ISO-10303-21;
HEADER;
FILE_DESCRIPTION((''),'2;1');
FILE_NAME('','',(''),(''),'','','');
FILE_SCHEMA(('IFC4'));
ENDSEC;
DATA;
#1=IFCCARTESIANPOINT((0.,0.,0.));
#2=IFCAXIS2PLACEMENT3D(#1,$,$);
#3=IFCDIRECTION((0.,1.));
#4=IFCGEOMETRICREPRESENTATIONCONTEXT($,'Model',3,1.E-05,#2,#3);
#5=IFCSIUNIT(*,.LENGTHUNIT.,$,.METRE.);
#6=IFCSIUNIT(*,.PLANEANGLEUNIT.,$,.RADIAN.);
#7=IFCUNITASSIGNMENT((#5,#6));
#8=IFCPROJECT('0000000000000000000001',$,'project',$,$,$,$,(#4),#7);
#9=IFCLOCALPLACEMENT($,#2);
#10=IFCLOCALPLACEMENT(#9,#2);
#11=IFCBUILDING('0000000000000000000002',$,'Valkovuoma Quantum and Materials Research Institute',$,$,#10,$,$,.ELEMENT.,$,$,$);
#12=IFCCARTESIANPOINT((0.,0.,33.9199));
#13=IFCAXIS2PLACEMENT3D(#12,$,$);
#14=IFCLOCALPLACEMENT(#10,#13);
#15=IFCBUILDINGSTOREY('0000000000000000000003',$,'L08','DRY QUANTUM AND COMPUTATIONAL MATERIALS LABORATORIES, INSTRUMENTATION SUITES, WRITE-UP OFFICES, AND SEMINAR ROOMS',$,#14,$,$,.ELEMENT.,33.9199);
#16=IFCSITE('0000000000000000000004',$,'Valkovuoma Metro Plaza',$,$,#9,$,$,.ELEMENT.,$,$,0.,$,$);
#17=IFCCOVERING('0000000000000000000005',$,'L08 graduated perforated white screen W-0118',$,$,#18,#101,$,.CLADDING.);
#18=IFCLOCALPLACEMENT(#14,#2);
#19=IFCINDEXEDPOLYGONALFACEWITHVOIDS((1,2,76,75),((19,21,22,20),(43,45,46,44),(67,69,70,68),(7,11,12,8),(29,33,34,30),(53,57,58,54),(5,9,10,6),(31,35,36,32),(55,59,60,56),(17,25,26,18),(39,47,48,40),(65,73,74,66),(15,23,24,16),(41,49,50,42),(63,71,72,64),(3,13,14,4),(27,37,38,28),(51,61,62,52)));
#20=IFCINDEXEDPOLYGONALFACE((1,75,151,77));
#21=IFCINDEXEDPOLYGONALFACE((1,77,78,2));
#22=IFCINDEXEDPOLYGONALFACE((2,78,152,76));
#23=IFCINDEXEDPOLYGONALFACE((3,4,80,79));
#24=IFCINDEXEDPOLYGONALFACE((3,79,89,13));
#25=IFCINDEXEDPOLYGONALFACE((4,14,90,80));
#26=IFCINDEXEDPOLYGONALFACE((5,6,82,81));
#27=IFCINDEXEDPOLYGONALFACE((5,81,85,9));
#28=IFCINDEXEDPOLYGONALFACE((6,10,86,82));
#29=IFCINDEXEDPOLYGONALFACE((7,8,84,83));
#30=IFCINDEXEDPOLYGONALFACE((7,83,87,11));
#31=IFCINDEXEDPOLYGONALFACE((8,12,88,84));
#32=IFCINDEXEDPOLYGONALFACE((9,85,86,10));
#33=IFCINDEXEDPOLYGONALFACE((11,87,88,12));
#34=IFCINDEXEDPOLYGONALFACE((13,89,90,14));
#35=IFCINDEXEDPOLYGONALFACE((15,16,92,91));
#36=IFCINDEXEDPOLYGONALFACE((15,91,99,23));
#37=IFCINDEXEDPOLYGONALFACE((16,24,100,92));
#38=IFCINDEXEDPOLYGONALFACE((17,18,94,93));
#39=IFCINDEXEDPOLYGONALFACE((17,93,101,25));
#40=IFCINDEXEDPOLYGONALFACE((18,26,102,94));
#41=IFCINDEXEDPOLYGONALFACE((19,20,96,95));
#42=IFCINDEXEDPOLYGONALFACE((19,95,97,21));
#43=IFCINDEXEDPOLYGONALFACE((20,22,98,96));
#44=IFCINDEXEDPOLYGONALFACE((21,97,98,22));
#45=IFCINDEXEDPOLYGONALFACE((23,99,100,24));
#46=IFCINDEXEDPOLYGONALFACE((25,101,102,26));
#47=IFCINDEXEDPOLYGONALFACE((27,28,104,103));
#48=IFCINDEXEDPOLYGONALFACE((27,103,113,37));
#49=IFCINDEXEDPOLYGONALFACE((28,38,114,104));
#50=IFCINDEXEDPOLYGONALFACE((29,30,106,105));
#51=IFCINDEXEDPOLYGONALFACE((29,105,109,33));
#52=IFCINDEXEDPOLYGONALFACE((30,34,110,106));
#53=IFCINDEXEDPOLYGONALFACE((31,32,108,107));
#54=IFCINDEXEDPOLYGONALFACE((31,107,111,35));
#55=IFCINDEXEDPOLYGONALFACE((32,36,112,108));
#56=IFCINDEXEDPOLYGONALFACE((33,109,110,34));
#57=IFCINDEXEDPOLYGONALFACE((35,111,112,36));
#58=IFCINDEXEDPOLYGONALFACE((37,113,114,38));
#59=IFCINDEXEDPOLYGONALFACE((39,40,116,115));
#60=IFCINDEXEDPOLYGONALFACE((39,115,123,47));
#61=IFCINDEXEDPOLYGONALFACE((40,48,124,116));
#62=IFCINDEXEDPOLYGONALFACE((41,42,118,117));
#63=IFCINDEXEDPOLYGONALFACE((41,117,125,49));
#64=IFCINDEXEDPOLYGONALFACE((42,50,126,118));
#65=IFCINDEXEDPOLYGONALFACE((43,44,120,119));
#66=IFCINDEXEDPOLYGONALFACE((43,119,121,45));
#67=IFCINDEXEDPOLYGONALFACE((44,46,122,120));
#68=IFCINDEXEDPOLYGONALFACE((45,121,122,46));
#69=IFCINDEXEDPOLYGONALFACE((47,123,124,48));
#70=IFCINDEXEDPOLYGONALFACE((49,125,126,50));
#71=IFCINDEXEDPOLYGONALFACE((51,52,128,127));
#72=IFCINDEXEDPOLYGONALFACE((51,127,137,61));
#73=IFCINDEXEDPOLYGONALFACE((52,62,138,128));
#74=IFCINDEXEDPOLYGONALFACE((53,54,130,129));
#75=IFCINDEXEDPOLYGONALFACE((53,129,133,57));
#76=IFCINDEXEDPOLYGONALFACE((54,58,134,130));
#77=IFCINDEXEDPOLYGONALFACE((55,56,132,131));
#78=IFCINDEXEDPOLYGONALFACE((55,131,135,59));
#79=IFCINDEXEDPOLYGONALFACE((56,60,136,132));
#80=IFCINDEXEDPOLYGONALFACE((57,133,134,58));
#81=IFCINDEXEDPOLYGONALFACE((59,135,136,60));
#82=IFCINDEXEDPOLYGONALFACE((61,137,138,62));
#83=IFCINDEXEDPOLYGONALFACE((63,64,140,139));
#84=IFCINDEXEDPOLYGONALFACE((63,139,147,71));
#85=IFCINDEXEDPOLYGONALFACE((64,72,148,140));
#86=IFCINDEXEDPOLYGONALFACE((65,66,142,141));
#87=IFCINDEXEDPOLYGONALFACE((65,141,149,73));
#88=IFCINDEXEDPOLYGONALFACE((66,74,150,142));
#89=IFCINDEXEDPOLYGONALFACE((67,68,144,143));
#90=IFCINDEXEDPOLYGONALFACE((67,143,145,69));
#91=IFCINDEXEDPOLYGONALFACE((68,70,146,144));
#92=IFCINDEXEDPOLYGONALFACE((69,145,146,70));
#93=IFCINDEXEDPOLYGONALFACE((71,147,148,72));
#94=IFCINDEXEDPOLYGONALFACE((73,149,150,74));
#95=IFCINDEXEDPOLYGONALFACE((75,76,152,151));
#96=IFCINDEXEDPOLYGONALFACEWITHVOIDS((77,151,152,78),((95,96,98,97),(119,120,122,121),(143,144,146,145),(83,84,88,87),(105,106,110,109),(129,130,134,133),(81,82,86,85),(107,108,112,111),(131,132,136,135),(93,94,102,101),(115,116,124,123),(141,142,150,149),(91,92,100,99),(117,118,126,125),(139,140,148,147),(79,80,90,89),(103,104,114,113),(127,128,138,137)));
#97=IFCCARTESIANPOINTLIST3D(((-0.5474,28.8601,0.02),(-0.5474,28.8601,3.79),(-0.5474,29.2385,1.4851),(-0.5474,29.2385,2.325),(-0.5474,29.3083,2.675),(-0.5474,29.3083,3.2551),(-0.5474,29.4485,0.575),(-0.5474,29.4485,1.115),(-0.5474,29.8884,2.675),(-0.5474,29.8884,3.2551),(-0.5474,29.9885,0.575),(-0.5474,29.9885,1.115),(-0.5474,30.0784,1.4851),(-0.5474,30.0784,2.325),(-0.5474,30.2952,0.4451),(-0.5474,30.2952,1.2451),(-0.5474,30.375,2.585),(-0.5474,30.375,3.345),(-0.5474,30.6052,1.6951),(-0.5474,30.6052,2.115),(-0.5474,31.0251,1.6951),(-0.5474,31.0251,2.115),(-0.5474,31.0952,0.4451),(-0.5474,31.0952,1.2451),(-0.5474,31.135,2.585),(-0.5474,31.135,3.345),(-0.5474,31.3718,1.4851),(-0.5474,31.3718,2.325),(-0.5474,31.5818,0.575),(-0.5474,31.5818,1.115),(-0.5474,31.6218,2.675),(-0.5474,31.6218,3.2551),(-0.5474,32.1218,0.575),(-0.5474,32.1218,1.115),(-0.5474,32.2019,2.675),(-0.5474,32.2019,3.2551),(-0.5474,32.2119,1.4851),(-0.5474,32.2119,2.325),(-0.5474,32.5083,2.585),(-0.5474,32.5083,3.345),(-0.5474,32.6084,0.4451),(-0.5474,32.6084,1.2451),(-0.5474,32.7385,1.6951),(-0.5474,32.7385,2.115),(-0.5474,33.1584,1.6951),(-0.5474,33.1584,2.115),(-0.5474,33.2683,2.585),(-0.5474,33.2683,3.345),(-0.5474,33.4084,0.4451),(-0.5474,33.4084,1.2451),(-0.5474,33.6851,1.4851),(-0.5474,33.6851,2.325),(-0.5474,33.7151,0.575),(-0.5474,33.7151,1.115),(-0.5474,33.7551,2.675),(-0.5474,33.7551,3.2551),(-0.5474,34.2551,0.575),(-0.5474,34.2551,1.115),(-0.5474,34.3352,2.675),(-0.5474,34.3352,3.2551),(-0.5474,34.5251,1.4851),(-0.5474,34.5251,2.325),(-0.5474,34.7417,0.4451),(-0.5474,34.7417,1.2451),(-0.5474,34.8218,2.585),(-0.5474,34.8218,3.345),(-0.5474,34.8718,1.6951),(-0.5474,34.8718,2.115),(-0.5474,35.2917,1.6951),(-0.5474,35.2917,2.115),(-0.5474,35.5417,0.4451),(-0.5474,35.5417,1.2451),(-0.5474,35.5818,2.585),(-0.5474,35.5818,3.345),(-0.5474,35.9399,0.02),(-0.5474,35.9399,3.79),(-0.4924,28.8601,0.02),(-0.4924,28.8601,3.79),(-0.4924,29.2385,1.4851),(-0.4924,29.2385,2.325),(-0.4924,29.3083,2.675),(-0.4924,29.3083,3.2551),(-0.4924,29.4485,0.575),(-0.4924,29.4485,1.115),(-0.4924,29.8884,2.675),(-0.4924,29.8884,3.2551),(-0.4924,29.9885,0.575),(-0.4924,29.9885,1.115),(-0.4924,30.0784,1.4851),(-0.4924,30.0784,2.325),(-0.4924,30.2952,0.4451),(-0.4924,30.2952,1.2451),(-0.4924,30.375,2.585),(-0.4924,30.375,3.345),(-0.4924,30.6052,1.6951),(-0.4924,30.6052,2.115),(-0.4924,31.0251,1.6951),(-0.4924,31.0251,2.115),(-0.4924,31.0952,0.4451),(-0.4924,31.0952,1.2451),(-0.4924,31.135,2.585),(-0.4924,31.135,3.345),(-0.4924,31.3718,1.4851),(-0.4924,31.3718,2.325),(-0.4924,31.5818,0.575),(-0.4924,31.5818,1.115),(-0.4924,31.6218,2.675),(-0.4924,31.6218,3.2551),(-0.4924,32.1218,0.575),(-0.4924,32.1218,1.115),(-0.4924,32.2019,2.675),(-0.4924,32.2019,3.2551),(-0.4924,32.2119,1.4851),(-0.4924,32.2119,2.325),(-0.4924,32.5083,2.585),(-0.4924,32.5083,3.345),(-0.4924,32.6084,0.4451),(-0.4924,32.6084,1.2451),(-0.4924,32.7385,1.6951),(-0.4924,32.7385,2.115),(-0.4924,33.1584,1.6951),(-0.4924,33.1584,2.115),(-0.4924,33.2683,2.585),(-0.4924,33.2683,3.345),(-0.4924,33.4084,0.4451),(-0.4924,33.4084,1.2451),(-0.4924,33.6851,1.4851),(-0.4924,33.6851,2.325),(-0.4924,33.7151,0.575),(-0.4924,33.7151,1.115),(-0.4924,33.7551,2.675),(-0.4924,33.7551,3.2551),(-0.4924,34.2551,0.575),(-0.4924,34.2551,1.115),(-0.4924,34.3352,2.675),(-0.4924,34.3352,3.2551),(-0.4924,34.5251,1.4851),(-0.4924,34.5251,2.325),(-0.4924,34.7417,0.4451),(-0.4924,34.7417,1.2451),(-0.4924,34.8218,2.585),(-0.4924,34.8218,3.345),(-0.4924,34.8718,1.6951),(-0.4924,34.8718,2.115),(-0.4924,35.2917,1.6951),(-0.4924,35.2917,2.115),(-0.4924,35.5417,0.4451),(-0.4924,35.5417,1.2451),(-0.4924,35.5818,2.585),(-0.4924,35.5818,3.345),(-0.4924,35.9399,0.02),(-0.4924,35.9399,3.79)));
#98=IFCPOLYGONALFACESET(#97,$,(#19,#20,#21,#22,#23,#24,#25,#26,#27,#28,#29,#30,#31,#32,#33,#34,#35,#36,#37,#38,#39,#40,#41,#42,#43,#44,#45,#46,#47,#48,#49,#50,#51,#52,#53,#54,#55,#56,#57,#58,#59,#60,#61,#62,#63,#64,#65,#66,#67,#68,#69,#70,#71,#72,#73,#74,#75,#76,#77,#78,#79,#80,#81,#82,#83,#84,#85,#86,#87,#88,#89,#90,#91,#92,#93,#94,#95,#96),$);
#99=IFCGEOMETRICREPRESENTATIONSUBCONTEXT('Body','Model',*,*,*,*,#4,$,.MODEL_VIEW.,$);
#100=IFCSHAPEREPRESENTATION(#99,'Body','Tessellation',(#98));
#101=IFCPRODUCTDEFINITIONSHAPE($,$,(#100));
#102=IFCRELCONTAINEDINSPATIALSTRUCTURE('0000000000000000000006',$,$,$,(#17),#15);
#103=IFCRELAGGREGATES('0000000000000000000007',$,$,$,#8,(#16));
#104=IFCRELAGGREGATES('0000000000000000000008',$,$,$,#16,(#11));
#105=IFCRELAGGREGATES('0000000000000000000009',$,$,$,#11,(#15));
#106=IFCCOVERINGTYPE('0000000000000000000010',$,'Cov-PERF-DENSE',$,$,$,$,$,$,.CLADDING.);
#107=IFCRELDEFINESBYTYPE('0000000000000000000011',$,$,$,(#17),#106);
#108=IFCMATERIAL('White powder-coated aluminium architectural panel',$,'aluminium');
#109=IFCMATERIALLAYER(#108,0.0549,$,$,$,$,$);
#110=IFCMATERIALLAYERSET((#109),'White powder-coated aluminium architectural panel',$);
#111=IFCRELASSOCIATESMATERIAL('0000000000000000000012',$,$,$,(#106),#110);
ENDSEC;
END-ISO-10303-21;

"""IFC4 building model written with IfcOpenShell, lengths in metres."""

from ifc_helpers import new_model, si_unit, direction, frame, origin, place, context, subcontext, project, spatial, polyline, outline, extrude, material, layer, layer_set, type_object, element, save


model = new_model("IFC4")

# Units and contexts
model_context = context("Model", 3, precision=1e-05, world=origin(), true_north=direction((0.0, 1.0)))
body_context = subcontext(model_context, "Body", "Model", "MODEL_VIEW")
ifc_project = project(units=[si_unit("LENGTHUNIT", "METRE"), si_unit("PLANEANGLEUNIT", "RADIAN")], contexts=[model_context])

# Site, building, storey
site_placement = place(None, origin())
site = spatial("IfcSite", under=ifc_project, at=site_placement, Name="Valkovuoma Metro Plaza", CompositionType="ELEMENT", RefElevation=0.0)
building_placement = place(site_placement, origin())
building = spatial("IfcBuilding", under=site, at=building_placement, Name="Valkovuoma Quantum and Materials Research Institute", CompositionType="ELEMENT")
storey_placement = place(building_placement, frame((0.0, 0.0, 33.9199)))
storey = spatial("IfcBuildingStorey", under=building, at=storey_placement, Name="L08", Description="DRY QUANTUM AND COMPUTATIONAL MATERIALS LABORATORIES, INSTRUMENTATION SUITES, WRITE-UP OFFICES, AND SEMINAR ROOMS", CompositionType="ELEMENT", Elevation=33.9199)

# Covering
ifc_material_1 = material(Name="White powder-coated aluminium architectural panel", Category="aluminium")
ifc_layer_1 = layer(ifc_material_1, 0.0549)
ifc_layer_set_1 = layer_set([ifc_layer_1], Name="White powder-coated aluminium architectural panel")
covering_type = type_object("IfcCoveringType", Name="Cov-PERF-DENSE", PredefinedType="CLADDING", material=ifc_layer_set_1)
covering_1_placement = place(storey_placement, frame((-0.52, 28.8601, 0.02), z_axis=(0.0, 0.0, 1.0), x_axis=(0.0, 1.0, 0.0)))
element("IfcCovering", 1, at=covering_1_placement, inside=storey, type_object=covering_type, Name="L08 graduated perforated white screen W-0118", PredefinedType="CLADDING", context=body_context, shape_type="SweptSolid", body=[
    extrude(outline(polyline([(0.0, 0.0), (7.0798, 0.0), (7.0798, 3.77), (0.0, 3.77), (0.0, 0.0)]), holes=[polyline([(0.5884, 0.5549), (0.5884, 1.095), (1.1284, 1.095), (1.1284, 0.5549), (0.5884, 0.5549)]), polyline([(0.3784, 1.4651), (0.3784, 2.3049), (1.2183, 2.3049), (1.2183, 1.4651), (0.3784, 1.4651)]), polyline([(0.4482, 2.655), (0.4482, 3.2351), (1.0283, 3.2351), (1.0283, 2.655), (0.4482, 2.655)]), polyline([(1.4351, 0.425), (1.4351, 1.2251), (2.2351, 1.2251), (2.2351, 0.425), (1.4351, 0.425)]), polyline([(1.7451, 1.675), (1.7451, 2.095), (2.165, 2.095), (2.165, 1.675), (1.7451, 1.675)]), polyline([(1.5149, 2.5649), (1.5149, 3.325), (2.2749, 3.325), (2.2749, 2.5649), (1.5149, 2.5649)]), polyline([(2.7217, 0.5549), (2.7217, 1.095), (3.2617, 1.095), (3.2617, 0.5549), (2.7217, 0.5549)]), polyline([(2.5117, 1.4651), (2.5117, 2.3049), (3.3518, 2.3049), (3.3518, 1.4651), (2.5117, 1.4651)]), polyline([(2.7617, 2.655), (2.7617, 3.2351), (3.3418, 3.2351), (3.3418, 2.655), (2.7617, 2.655)]), polyline([(3.7483, 0.425), (3.7483, 1.2251), (4.5483, 1.2251), (4.5483, 0.425), (3.7483, 0.425)]), polyline([(3.8784, 1.675), (3.8784, 2.095), (4.2983, 2.095), (4.2983, 1.675), (3.8784, 1.675)]), polyline([(3.6482, 2.5649), (3.6482, 3.325), (4.4082, 3.325), (4.4082, 2.5649), (3.6482, 2.5649)]), polyline([(4.855, 0.5549), (4.855, 1.095), (5.395, 1.095), (5.395, 0.5549), (4.855, 0.5549)]), polyline([(4.825, 1.4651), (4.825, 2.3049), (5.665, 2.3049), (5.665, 1.4651), (4.825, 1.4651)]), polyline([(4.895, 2.655), (4.895, 3.2351), (5.4751, 3.2351), (5.4751, 2.655), (4.895, 2.655)]), polyline([(5.8816, 0.425), (5.8816, 1.2251), (6.6816, 1.2251), (6.6816, 0.425), (5.8816, 0.425)]), polyline([(6.0117, 1.675), (6.0117, 2.095), (6.4316, 2.095), (6.4316, 1.675), (6.0117, 1.675)]), polyline([(5.9617, 2.5649), (5.9617, 3.325), (6.7217, 3.325), (6.7217, 2.5649), (5.9617, 2.5649)])]), frame((0.0, 0.0273, 0.0), z_axis=(0.0, -1.0, 0.0), x_axis=(1.0, 0.0, 0.0)), (0.0, 0.0, 1.0), 0.0549),
])

save(model, "model.ifc")
